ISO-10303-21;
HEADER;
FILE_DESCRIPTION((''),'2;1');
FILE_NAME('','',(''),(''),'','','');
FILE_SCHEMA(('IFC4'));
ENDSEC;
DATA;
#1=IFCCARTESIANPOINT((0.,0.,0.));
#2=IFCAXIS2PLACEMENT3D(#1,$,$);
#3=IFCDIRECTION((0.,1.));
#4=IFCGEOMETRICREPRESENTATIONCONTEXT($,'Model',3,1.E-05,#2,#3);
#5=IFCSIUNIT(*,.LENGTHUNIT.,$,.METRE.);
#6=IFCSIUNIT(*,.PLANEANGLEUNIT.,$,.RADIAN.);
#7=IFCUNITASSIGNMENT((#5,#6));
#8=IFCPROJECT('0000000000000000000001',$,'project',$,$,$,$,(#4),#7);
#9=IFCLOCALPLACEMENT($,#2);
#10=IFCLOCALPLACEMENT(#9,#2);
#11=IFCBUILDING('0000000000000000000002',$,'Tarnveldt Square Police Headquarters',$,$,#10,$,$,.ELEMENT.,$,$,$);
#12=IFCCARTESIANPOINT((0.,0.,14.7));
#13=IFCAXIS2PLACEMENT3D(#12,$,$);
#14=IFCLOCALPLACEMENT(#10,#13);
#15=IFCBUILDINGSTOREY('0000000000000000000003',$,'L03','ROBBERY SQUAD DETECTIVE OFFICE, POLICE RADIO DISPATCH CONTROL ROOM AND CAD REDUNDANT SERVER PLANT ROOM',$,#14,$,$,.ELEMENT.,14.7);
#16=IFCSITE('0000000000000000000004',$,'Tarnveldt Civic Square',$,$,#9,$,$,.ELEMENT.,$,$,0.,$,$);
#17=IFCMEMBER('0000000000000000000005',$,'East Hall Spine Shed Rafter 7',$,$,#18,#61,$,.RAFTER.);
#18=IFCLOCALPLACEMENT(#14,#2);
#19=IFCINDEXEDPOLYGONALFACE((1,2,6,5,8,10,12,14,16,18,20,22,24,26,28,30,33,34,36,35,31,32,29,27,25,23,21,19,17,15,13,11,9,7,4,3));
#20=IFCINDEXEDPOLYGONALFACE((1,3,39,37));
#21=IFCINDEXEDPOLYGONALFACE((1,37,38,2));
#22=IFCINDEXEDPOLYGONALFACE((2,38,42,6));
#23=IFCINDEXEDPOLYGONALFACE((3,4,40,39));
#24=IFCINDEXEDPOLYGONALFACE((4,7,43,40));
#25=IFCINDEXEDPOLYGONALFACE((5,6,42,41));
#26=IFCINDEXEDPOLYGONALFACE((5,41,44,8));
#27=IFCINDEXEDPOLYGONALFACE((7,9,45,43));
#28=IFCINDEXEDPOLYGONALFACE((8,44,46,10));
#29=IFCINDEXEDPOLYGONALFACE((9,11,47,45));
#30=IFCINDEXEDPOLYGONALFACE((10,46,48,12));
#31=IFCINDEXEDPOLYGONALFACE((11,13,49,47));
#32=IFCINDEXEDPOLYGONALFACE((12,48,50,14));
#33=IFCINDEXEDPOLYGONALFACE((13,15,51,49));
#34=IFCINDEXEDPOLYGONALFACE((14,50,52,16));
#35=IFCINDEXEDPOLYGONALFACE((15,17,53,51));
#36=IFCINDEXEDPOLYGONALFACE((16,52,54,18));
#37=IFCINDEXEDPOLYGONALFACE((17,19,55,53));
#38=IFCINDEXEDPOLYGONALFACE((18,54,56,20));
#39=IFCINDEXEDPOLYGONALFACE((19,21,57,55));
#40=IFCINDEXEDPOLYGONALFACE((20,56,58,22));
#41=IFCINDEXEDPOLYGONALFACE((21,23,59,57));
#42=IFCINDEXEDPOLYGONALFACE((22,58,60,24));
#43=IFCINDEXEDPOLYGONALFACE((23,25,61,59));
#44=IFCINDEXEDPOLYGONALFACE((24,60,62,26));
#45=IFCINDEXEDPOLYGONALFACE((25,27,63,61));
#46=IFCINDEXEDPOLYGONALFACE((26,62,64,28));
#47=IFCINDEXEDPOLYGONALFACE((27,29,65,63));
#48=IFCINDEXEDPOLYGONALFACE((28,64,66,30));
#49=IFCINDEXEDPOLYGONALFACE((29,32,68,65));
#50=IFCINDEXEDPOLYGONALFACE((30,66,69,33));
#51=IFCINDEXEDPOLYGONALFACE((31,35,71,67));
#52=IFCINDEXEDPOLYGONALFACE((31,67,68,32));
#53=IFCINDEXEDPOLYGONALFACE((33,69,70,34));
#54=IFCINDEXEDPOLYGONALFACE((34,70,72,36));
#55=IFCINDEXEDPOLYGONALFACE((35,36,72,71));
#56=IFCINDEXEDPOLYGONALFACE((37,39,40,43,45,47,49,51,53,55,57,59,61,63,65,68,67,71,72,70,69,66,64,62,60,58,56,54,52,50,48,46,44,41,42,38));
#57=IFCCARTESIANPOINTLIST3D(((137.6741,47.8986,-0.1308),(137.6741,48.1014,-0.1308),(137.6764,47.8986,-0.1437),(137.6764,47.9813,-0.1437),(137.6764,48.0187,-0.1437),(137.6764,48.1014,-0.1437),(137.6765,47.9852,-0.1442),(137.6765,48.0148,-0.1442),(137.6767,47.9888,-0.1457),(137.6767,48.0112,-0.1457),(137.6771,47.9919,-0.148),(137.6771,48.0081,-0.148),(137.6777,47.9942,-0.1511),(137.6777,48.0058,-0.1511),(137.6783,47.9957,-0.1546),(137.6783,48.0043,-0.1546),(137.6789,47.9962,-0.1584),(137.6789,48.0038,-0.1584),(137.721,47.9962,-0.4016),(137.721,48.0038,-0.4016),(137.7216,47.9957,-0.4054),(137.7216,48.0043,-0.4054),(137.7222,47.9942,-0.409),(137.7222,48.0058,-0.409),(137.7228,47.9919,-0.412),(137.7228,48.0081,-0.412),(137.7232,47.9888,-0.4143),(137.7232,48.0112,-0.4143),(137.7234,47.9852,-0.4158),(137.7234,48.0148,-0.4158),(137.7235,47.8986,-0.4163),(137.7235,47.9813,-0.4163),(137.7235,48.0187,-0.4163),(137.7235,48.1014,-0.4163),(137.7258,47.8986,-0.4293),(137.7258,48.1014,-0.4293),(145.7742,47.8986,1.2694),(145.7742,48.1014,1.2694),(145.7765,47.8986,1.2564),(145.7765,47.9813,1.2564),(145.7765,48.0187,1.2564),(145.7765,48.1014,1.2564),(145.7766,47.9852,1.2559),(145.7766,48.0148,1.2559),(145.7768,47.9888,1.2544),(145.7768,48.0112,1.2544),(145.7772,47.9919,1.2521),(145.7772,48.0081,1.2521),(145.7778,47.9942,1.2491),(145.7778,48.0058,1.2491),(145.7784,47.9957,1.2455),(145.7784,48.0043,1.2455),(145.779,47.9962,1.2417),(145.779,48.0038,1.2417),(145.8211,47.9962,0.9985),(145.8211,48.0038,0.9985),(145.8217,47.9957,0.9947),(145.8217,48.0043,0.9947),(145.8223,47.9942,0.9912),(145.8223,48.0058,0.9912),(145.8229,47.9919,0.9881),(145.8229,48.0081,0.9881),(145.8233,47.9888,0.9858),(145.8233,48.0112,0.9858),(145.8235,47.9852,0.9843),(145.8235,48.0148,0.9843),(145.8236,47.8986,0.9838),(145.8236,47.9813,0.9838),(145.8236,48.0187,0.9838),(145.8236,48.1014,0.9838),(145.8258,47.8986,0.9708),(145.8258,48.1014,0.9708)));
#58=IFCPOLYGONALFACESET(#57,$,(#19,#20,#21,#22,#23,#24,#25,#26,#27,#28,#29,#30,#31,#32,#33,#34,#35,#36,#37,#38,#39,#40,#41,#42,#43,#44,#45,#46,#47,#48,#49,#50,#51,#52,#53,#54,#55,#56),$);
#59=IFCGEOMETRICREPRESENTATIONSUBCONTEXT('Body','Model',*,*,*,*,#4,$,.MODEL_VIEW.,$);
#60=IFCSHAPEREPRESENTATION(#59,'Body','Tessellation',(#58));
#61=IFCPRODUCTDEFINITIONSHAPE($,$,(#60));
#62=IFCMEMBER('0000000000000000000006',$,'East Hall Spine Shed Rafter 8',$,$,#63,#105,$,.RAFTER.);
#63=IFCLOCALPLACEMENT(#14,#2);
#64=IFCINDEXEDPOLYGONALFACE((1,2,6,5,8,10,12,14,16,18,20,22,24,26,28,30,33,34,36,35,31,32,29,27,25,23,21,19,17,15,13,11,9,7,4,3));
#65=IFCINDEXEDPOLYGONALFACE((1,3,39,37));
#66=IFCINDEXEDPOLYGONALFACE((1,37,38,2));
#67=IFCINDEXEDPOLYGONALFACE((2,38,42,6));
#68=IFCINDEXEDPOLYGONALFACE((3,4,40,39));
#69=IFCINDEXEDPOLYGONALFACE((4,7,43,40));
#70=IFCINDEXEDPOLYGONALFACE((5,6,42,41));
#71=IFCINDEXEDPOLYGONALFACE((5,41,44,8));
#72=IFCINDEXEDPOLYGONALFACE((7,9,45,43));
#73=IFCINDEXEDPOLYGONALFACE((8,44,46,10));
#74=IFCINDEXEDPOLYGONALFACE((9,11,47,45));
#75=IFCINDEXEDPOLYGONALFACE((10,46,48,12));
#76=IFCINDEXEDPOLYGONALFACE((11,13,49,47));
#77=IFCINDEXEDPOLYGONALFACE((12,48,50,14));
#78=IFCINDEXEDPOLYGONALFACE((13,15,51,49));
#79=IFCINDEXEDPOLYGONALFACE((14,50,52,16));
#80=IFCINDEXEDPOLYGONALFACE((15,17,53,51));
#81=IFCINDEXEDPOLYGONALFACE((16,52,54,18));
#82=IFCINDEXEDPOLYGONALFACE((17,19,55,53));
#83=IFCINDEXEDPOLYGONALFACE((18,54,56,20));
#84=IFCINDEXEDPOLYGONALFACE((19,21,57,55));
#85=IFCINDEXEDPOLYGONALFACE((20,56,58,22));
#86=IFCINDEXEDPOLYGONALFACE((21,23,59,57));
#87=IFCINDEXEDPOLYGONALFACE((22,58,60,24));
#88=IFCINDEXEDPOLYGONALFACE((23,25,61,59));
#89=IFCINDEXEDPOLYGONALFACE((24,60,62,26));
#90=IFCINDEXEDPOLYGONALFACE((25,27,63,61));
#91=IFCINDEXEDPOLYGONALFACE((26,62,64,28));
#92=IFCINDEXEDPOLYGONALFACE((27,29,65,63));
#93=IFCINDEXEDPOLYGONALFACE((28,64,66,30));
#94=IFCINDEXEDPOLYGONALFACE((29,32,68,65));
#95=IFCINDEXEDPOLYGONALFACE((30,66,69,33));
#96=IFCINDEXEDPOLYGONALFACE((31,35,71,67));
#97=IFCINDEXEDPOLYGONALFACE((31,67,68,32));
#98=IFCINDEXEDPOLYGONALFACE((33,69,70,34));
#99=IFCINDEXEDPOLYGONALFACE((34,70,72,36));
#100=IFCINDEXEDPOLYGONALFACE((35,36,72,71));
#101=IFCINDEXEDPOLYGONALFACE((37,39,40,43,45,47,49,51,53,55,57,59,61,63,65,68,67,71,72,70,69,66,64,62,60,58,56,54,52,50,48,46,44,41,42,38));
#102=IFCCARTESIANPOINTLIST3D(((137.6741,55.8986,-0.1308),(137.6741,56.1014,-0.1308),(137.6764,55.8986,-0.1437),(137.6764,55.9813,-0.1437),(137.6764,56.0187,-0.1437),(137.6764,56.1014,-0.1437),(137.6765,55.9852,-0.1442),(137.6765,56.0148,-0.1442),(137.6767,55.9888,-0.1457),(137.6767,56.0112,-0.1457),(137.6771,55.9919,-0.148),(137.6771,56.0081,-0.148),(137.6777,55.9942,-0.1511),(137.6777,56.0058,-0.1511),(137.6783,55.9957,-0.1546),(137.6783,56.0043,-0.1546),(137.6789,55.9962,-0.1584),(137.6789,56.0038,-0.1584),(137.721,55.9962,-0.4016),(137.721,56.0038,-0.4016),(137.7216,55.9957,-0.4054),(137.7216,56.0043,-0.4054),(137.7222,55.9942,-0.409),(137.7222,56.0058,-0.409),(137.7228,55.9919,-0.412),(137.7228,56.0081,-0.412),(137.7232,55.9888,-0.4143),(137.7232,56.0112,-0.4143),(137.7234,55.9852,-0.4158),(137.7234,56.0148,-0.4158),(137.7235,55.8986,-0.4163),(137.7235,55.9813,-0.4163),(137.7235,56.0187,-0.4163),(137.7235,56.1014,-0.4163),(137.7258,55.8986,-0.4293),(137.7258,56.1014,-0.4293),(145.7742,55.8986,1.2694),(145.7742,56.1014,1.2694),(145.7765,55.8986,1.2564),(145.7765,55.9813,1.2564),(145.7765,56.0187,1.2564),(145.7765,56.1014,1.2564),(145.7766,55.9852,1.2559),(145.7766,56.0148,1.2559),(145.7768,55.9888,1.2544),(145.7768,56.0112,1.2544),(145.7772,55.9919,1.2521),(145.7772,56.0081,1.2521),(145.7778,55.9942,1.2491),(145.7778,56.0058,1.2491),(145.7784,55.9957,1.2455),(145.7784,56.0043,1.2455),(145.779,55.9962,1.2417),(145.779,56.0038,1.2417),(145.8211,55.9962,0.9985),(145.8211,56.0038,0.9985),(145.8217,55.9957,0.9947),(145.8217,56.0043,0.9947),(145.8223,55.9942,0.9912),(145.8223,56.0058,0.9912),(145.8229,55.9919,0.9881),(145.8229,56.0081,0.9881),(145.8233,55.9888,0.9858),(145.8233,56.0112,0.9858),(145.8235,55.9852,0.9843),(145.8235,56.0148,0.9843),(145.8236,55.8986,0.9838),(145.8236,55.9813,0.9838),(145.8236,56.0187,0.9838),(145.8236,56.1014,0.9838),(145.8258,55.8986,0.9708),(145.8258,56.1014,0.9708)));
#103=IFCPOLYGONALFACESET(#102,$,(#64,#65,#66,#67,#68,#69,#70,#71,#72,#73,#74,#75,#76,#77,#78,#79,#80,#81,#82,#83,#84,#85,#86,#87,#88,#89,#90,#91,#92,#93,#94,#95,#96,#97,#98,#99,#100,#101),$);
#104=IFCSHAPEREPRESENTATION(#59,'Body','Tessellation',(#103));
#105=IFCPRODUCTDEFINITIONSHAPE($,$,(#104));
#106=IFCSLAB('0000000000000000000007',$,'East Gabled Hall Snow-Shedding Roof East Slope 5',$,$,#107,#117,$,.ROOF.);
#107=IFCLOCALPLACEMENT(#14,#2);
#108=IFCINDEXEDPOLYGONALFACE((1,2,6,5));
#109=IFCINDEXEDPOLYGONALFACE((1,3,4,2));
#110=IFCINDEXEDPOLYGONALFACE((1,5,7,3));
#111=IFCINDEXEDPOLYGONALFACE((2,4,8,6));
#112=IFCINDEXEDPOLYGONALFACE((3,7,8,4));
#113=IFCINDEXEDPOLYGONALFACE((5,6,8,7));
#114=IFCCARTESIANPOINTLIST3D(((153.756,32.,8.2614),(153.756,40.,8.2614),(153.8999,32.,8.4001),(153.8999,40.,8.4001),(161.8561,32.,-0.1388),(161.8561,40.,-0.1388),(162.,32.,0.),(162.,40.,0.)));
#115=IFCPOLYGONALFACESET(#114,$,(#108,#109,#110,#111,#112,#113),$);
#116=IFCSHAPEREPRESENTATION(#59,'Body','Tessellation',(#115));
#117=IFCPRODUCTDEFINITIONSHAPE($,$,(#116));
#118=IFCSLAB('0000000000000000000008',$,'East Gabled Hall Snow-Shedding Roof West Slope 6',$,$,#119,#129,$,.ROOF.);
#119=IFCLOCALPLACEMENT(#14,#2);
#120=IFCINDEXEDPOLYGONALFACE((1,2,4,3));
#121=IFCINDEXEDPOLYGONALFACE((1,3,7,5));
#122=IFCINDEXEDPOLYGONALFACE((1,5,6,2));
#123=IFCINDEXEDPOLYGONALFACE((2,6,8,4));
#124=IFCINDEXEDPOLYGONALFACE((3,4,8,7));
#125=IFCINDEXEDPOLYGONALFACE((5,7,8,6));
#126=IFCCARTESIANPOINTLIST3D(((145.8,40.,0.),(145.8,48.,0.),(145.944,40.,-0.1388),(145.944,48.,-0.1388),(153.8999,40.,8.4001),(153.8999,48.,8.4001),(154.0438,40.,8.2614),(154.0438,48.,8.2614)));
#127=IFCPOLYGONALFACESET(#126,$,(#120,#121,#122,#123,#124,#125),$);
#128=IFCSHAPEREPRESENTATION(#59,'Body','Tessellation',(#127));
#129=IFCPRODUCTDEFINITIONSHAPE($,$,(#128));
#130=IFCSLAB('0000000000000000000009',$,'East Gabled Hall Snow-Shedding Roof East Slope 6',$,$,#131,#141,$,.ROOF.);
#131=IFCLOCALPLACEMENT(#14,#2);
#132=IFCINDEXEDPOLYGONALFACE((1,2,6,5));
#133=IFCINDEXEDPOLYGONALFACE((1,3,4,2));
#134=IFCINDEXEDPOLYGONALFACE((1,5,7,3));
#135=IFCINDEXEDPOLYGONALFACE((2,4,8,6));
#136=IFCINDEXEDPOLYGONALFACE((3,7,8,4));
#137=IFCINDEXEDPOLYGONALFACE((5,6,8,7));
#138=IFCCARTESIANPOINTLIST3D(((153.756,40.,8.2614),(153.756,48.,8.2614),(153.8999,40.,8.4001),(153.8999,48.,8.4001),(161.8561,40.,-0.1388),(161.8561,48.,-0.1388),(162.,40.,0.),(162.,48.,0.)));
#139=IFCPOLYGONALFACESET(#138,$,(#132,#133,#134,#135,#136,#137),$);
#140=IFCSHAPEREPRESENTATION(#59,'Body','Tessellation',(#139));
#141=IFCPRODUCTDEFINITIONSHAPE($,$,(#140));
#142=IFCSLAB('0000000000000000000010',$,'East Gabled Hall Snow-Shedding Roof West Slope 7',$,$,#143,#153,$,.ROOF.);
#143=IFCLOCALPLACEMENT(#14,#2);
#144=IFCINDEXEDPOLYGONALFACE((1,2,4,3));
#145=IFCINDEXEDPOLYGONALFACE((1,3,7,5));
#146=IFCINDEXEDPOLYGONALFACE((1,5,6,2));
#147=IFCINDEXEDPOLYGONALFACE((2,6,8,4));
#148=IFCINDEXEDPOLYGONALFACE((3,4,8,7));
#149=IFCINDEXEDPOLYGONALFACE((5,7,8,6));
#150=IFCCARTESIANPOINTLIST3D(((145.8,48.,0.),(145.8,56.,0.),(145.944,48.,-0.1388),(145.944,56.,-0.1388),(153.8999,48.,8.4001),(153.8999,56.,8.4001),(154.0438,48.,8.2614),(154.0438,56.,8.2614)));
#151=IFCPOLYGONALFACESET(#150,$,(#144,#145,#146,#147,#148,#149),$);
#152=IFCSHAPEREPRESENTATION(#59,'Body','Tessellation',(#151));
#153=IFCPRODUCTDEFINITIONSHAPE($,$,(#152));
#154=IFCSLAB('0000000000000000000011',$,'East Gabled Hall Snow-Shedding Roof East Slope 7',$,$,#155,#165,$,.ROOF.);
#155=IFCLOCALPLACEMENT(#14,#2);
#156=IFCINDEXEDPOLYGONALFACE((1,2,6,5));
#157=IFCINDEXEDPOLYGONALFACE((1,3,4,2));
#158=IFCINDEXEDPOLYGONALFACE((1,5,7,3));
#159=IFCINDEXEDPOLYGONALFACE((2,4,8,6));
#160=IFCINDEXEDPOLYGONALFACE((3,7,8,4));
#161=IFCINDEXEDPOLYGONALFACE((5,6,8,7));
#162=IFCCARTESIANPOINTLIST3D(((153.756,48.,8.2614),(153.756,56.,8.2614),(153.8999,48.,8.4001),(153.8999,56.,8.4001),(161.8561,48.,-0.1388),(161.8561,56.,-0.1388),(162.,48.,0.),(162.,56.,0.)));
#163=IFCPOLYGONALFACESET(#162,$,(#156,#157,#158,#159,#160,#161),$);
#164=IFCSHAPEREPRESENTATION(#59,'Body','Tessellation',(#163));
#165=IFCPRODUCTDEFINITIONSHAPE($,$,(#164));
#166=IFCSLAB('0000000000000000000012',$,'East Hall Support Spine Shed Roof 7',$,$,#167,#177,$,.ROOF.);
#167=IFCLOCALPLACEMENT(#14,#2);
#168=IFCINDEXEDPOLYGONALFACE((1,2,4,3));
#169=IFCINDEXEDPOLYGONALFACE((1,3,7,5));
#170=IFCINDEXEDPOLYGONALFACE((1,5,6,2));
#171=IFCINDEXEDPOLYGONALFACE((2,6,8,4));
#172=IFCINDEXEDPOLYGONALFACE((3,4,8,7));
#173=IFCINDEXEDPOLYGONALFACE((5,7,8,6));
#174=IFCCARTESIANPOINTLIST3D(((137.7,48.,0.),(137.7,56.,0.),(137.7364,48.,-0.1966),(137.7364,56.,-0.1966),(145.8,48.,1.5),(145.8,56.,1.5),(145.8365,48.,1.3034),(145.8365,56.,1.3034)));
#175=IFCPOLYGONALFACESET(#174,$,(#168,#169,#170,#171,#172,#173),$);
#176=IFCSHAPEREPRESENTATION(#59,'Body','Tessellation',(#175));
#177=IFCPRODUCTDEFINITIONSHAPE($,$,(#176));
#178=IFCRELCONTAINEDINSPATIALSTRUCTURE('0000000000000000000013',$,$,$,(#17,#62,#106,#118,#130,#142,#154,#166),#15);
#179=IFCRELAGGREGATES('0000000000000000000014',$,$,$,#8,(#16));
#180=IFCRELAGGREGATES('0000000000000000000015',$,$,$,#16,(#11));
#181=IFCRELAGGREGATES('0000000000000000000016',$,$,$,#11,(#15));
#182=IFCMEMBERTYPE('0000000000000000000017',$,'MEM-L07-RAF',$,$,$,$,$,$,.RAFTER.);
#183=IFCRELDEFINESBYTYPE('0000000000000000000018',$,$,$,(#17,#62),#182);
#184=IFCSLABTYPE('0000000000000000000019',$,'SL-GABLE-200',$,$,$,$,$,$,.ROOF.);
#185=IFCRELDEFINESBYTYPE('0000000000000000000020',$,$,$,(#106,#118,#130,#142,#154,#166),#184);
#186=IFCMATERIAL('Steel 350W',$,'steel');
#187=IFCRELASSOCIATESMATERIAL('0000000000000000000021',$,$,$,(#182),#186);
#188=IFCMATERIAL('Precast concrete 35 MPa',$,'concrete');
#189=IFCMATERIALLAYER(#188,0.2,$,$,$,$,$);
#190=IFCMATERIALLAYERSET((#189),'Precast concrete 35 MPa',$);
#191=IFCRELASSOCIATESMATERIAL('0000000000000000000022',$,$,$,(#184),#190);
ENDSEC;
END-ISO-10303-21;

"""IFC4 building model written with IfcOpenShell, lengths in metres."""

from ifc_helpers import new_model, si_unit, direction, frame, origin, origin_2d, place, context, subcontext, project, spatial, polyline, i_section, outline, extrude, material, layer, layer_set, material_profile, profile_set, type_object, element, save


model = new_model("IFC4")

# Units and contexts
model_context = context("Model", 3, precision=1e-05, world=origin(), true_north=direction((0.0, 1.0)))
body_context = subcontext(model_context, "Body", "Model", "MODEL_VIEW")
ifc_project = project(units=[si_unit("LENGTHUNIT", "METRE"), si_unit("PLANEANGLEUNIT", "RADIAN")], contexts=[model_context])

# Site, building, storey
site_placement = place(None, origin())
site = spatial("IfcSite", under=ifc_project, at=site_placement, Name="Tarnveldt Civic Square", CompositionType="ELEMENT", RefElevation=0.0)
building_placement = place(site_placement, origin())
building = spatial("IfcBuilding", under=site, at=building_placement, Name="Tarnveldt Square Police Headquarters", CompositionType="ELEMENT")
storey_placement = place(building_placement, frame((0.0, 0.0, 14.7)))
storey = spatial("IfcBuildingStorey", under=building, at=storey_placement, Name="L03", Description="ROBBERY SQUAD DETECTIVE OFFICE, POLICE RADIO DISPATCH CONTROL ROOM AND CAD REDUNDANT SERVER PLANT ROOM", CompositionType="ELEMENT", Elevation=14.7)

# Shared definitions
ifc_material_1 = material(Name="Steel 350W", Category="steel")

# Members
ifc_material_2 = material(Name="Precast concrete 35 MPa", Category="concrete")
ifc_material_profile_1 = material_profile(ifc_material_1, i_section(OverallWidth=0.2029, OverallDepth=0.303, WebThickness=0.0076, FlangeThickness=0.0132, FilletRadius=0.0149, at=origin_2d()), Name="W310x60")
ifc_profile_set_1 = profile_set([ifc_material_profile_1], Name="Steel 350W")
member_type_1 = type_object("IfcMemberType", Name="MEM-L07-RAF", PredefinedType="RAFTER", material=ifc_profile_set_1)
for number, where, z_axis, x_axis, name in (
    (1, (137.7, 48.0, -0.28), (0.985387, 0.0, 0.17033), (0.0, 1.0, 0.0), "East Hall Spine Shed Rafter 7"),
    (2, (137.7, 56.0, -0.28), (0.985387, 0.0, 0.17033), (0.0, 1.0, 0.0), "East Hall Spine Shed Rafter 8"),
):
    element("IfcMember", number, at=place(storey_placement, frame(where, z_axis=z_axis, x_axis=x_axis)), inside=storey, type_object=member_type_1, Name=name, PredefinedType="RAFTER", context=body_context, shape_type="SweptSolid", body=[
        extrude(i_section(OverallWidth=0.2029, OverallDepth=0.303, WebThickness=0.0076, FlangeThickness=0.0132, FilletRadius=0.0149, at=origin_2d()), origin(), (0.0, 0.0, 1.0), 8.2202),
    ])

# Slabs
ifc_layer = layer(ifc_material_2, 0.2)
ifc_layer_set = layer_set([ifc_layer], Name="Precast concrete 35 MPa")
slab_type = type_object("IfcSlabType", Name="SL-GABLE-200", PredefinedType="ROOF", material=ifc_layer_set)
slab_1_placement = place(storey_placement, frame((153.8999, 32.0, 8.4001), z_axis=(0.719846, 0.0, 0.694134), x_axis=(0.0, 1.0, 0.0)))
element("IfcSlab", 3, at=slab_1_placement, inside=storey, type_object=slab_type, Name="East Gabled Hall Snow-Shedding Roof East Slope 5", PredefinedType="ROOF", context=body_context, shape_type="SweptSolid", body=[
    extrude(outline(polyline([(0.0, 0.0), (8.0, 0.0), (8.0, -11.6694), (0.0, -11.6694), (0.0, 0.0)])), origin(), (0.0, 0.0, -1.0), 0.2),
])
slab_2_placement = place(storey_placement, frame((145.8, 40.0, 0.0), z_axis=(-0.719857, 0.0, 0.694123), x_axis=(0.0, 1.0, 0.0)))
element("IfcSlab", 4, at=slab_2_placement, inside=storey, type_object=slab_type, Name="East Gabled Hall Snow-Shedding Roof West Slope 6", PredefinedType="ROOF", context=body_context, shape_type="SweptSolid", body=[
    extrude(outline(polyline([(0.0, 0.0), (8.0, 0.0), (8.0, -11.6692), (0.0, -11.6692), (0.0, 0.0)])), origin(), (0.0, 0.0, -1.0), 0.2),
])
slab_3_placement = place(storey_placement, frame((153.8999, 40.0, 8.4001), z_axis=(0.719846, 0.0, 0.694134), x_axis=(0.0, 1.0, 0.0)))
element("IfcSlab", 5, at=slab_3_placement, inside=storey, type_object=slab_type, Name="East Gabled Hall Snow-Shedding Roof East Slope 6", PredefinedType="ROOF", context=body_context, shape_type="SweptSolid", body=[
    extrude(outline(polyline([(0.0, 0.0), (8.0, 0.0), (8.0, -11.6694), (0.0, -11.6694), (0.0, 0.0)])), origin(), (0.0, 0.0, -1.0), 0.2),
])
slab_4_placement = place(storey_placement, frame((145.8, 48.0, 0.0), z_axis=(-0.719857, 0.0, 0.694123), x_axis=(0.0, 1.0, 0.0)))
element("IfcSlab", 6, at=slab_4_placement, inside=storey, type_object=slab_type, Name="East Gabled Hall Snow-Shedding Roof West Slope 7", PredefinedType="ROOF", context=body_context, shape_type="SweptSolid", body=[
    extrude(outline(polyline([(0.0, 0.0), (8.0, 0.0), (8.0, -11.6692), (0.0, -11.6692), (0.0, 0.0)])), origin(), (0.0, 0.0, -1.0), 0.2),
])
slab_5_placement = place(storey_placement, frame((153.8999, 48.0, 8.4001), z_axis=(0.719846, 0.0, 0.694134), x_axis=(0.0, 1.0, 0.0)))
element("IfcSlab", 7, at=slab_5_placement, inside=storey, type_object=slab_type, Name="East Gabled Hall Snow-Shedding Roof East Slope 7", PredefinedType="ROOF", context=body_context, shape_type="SweptSolid", body=[
    extrude(outline(polyline([(0.0, 0.0), (8.0, 0.0), (8.0, -11.6694), (0.0, -11.6694), (0.0, 0.0)])), origin(), (0.0, 0.0, -1.0), 0.2),
])
slab_6_placement = place(storey_placement, frame((137.7, 48.0, 0.0), z_axis=(-0.182087, 0.0, 0.983282), x_axis=(0.0, 1.0, 0.0)))
element("IfcSlab", 8, at=slab_6_placement, inside=storey, type_object=slab_type, Name="East Hall Support Spine Shed Roof 7", PredefinedType="ROOF", context=body_context, shape_type="SweptSolid", body=[
    extrude(outline(polyline([(0.0, 0.0), (8.0, 0.0), (8.0, -8.2378), (0.0, -8.2378), (0.0, 0.0)])), origin(), (0.0, 0.0, -1.0), 0.2),
])

save(model, "model.ifc")
